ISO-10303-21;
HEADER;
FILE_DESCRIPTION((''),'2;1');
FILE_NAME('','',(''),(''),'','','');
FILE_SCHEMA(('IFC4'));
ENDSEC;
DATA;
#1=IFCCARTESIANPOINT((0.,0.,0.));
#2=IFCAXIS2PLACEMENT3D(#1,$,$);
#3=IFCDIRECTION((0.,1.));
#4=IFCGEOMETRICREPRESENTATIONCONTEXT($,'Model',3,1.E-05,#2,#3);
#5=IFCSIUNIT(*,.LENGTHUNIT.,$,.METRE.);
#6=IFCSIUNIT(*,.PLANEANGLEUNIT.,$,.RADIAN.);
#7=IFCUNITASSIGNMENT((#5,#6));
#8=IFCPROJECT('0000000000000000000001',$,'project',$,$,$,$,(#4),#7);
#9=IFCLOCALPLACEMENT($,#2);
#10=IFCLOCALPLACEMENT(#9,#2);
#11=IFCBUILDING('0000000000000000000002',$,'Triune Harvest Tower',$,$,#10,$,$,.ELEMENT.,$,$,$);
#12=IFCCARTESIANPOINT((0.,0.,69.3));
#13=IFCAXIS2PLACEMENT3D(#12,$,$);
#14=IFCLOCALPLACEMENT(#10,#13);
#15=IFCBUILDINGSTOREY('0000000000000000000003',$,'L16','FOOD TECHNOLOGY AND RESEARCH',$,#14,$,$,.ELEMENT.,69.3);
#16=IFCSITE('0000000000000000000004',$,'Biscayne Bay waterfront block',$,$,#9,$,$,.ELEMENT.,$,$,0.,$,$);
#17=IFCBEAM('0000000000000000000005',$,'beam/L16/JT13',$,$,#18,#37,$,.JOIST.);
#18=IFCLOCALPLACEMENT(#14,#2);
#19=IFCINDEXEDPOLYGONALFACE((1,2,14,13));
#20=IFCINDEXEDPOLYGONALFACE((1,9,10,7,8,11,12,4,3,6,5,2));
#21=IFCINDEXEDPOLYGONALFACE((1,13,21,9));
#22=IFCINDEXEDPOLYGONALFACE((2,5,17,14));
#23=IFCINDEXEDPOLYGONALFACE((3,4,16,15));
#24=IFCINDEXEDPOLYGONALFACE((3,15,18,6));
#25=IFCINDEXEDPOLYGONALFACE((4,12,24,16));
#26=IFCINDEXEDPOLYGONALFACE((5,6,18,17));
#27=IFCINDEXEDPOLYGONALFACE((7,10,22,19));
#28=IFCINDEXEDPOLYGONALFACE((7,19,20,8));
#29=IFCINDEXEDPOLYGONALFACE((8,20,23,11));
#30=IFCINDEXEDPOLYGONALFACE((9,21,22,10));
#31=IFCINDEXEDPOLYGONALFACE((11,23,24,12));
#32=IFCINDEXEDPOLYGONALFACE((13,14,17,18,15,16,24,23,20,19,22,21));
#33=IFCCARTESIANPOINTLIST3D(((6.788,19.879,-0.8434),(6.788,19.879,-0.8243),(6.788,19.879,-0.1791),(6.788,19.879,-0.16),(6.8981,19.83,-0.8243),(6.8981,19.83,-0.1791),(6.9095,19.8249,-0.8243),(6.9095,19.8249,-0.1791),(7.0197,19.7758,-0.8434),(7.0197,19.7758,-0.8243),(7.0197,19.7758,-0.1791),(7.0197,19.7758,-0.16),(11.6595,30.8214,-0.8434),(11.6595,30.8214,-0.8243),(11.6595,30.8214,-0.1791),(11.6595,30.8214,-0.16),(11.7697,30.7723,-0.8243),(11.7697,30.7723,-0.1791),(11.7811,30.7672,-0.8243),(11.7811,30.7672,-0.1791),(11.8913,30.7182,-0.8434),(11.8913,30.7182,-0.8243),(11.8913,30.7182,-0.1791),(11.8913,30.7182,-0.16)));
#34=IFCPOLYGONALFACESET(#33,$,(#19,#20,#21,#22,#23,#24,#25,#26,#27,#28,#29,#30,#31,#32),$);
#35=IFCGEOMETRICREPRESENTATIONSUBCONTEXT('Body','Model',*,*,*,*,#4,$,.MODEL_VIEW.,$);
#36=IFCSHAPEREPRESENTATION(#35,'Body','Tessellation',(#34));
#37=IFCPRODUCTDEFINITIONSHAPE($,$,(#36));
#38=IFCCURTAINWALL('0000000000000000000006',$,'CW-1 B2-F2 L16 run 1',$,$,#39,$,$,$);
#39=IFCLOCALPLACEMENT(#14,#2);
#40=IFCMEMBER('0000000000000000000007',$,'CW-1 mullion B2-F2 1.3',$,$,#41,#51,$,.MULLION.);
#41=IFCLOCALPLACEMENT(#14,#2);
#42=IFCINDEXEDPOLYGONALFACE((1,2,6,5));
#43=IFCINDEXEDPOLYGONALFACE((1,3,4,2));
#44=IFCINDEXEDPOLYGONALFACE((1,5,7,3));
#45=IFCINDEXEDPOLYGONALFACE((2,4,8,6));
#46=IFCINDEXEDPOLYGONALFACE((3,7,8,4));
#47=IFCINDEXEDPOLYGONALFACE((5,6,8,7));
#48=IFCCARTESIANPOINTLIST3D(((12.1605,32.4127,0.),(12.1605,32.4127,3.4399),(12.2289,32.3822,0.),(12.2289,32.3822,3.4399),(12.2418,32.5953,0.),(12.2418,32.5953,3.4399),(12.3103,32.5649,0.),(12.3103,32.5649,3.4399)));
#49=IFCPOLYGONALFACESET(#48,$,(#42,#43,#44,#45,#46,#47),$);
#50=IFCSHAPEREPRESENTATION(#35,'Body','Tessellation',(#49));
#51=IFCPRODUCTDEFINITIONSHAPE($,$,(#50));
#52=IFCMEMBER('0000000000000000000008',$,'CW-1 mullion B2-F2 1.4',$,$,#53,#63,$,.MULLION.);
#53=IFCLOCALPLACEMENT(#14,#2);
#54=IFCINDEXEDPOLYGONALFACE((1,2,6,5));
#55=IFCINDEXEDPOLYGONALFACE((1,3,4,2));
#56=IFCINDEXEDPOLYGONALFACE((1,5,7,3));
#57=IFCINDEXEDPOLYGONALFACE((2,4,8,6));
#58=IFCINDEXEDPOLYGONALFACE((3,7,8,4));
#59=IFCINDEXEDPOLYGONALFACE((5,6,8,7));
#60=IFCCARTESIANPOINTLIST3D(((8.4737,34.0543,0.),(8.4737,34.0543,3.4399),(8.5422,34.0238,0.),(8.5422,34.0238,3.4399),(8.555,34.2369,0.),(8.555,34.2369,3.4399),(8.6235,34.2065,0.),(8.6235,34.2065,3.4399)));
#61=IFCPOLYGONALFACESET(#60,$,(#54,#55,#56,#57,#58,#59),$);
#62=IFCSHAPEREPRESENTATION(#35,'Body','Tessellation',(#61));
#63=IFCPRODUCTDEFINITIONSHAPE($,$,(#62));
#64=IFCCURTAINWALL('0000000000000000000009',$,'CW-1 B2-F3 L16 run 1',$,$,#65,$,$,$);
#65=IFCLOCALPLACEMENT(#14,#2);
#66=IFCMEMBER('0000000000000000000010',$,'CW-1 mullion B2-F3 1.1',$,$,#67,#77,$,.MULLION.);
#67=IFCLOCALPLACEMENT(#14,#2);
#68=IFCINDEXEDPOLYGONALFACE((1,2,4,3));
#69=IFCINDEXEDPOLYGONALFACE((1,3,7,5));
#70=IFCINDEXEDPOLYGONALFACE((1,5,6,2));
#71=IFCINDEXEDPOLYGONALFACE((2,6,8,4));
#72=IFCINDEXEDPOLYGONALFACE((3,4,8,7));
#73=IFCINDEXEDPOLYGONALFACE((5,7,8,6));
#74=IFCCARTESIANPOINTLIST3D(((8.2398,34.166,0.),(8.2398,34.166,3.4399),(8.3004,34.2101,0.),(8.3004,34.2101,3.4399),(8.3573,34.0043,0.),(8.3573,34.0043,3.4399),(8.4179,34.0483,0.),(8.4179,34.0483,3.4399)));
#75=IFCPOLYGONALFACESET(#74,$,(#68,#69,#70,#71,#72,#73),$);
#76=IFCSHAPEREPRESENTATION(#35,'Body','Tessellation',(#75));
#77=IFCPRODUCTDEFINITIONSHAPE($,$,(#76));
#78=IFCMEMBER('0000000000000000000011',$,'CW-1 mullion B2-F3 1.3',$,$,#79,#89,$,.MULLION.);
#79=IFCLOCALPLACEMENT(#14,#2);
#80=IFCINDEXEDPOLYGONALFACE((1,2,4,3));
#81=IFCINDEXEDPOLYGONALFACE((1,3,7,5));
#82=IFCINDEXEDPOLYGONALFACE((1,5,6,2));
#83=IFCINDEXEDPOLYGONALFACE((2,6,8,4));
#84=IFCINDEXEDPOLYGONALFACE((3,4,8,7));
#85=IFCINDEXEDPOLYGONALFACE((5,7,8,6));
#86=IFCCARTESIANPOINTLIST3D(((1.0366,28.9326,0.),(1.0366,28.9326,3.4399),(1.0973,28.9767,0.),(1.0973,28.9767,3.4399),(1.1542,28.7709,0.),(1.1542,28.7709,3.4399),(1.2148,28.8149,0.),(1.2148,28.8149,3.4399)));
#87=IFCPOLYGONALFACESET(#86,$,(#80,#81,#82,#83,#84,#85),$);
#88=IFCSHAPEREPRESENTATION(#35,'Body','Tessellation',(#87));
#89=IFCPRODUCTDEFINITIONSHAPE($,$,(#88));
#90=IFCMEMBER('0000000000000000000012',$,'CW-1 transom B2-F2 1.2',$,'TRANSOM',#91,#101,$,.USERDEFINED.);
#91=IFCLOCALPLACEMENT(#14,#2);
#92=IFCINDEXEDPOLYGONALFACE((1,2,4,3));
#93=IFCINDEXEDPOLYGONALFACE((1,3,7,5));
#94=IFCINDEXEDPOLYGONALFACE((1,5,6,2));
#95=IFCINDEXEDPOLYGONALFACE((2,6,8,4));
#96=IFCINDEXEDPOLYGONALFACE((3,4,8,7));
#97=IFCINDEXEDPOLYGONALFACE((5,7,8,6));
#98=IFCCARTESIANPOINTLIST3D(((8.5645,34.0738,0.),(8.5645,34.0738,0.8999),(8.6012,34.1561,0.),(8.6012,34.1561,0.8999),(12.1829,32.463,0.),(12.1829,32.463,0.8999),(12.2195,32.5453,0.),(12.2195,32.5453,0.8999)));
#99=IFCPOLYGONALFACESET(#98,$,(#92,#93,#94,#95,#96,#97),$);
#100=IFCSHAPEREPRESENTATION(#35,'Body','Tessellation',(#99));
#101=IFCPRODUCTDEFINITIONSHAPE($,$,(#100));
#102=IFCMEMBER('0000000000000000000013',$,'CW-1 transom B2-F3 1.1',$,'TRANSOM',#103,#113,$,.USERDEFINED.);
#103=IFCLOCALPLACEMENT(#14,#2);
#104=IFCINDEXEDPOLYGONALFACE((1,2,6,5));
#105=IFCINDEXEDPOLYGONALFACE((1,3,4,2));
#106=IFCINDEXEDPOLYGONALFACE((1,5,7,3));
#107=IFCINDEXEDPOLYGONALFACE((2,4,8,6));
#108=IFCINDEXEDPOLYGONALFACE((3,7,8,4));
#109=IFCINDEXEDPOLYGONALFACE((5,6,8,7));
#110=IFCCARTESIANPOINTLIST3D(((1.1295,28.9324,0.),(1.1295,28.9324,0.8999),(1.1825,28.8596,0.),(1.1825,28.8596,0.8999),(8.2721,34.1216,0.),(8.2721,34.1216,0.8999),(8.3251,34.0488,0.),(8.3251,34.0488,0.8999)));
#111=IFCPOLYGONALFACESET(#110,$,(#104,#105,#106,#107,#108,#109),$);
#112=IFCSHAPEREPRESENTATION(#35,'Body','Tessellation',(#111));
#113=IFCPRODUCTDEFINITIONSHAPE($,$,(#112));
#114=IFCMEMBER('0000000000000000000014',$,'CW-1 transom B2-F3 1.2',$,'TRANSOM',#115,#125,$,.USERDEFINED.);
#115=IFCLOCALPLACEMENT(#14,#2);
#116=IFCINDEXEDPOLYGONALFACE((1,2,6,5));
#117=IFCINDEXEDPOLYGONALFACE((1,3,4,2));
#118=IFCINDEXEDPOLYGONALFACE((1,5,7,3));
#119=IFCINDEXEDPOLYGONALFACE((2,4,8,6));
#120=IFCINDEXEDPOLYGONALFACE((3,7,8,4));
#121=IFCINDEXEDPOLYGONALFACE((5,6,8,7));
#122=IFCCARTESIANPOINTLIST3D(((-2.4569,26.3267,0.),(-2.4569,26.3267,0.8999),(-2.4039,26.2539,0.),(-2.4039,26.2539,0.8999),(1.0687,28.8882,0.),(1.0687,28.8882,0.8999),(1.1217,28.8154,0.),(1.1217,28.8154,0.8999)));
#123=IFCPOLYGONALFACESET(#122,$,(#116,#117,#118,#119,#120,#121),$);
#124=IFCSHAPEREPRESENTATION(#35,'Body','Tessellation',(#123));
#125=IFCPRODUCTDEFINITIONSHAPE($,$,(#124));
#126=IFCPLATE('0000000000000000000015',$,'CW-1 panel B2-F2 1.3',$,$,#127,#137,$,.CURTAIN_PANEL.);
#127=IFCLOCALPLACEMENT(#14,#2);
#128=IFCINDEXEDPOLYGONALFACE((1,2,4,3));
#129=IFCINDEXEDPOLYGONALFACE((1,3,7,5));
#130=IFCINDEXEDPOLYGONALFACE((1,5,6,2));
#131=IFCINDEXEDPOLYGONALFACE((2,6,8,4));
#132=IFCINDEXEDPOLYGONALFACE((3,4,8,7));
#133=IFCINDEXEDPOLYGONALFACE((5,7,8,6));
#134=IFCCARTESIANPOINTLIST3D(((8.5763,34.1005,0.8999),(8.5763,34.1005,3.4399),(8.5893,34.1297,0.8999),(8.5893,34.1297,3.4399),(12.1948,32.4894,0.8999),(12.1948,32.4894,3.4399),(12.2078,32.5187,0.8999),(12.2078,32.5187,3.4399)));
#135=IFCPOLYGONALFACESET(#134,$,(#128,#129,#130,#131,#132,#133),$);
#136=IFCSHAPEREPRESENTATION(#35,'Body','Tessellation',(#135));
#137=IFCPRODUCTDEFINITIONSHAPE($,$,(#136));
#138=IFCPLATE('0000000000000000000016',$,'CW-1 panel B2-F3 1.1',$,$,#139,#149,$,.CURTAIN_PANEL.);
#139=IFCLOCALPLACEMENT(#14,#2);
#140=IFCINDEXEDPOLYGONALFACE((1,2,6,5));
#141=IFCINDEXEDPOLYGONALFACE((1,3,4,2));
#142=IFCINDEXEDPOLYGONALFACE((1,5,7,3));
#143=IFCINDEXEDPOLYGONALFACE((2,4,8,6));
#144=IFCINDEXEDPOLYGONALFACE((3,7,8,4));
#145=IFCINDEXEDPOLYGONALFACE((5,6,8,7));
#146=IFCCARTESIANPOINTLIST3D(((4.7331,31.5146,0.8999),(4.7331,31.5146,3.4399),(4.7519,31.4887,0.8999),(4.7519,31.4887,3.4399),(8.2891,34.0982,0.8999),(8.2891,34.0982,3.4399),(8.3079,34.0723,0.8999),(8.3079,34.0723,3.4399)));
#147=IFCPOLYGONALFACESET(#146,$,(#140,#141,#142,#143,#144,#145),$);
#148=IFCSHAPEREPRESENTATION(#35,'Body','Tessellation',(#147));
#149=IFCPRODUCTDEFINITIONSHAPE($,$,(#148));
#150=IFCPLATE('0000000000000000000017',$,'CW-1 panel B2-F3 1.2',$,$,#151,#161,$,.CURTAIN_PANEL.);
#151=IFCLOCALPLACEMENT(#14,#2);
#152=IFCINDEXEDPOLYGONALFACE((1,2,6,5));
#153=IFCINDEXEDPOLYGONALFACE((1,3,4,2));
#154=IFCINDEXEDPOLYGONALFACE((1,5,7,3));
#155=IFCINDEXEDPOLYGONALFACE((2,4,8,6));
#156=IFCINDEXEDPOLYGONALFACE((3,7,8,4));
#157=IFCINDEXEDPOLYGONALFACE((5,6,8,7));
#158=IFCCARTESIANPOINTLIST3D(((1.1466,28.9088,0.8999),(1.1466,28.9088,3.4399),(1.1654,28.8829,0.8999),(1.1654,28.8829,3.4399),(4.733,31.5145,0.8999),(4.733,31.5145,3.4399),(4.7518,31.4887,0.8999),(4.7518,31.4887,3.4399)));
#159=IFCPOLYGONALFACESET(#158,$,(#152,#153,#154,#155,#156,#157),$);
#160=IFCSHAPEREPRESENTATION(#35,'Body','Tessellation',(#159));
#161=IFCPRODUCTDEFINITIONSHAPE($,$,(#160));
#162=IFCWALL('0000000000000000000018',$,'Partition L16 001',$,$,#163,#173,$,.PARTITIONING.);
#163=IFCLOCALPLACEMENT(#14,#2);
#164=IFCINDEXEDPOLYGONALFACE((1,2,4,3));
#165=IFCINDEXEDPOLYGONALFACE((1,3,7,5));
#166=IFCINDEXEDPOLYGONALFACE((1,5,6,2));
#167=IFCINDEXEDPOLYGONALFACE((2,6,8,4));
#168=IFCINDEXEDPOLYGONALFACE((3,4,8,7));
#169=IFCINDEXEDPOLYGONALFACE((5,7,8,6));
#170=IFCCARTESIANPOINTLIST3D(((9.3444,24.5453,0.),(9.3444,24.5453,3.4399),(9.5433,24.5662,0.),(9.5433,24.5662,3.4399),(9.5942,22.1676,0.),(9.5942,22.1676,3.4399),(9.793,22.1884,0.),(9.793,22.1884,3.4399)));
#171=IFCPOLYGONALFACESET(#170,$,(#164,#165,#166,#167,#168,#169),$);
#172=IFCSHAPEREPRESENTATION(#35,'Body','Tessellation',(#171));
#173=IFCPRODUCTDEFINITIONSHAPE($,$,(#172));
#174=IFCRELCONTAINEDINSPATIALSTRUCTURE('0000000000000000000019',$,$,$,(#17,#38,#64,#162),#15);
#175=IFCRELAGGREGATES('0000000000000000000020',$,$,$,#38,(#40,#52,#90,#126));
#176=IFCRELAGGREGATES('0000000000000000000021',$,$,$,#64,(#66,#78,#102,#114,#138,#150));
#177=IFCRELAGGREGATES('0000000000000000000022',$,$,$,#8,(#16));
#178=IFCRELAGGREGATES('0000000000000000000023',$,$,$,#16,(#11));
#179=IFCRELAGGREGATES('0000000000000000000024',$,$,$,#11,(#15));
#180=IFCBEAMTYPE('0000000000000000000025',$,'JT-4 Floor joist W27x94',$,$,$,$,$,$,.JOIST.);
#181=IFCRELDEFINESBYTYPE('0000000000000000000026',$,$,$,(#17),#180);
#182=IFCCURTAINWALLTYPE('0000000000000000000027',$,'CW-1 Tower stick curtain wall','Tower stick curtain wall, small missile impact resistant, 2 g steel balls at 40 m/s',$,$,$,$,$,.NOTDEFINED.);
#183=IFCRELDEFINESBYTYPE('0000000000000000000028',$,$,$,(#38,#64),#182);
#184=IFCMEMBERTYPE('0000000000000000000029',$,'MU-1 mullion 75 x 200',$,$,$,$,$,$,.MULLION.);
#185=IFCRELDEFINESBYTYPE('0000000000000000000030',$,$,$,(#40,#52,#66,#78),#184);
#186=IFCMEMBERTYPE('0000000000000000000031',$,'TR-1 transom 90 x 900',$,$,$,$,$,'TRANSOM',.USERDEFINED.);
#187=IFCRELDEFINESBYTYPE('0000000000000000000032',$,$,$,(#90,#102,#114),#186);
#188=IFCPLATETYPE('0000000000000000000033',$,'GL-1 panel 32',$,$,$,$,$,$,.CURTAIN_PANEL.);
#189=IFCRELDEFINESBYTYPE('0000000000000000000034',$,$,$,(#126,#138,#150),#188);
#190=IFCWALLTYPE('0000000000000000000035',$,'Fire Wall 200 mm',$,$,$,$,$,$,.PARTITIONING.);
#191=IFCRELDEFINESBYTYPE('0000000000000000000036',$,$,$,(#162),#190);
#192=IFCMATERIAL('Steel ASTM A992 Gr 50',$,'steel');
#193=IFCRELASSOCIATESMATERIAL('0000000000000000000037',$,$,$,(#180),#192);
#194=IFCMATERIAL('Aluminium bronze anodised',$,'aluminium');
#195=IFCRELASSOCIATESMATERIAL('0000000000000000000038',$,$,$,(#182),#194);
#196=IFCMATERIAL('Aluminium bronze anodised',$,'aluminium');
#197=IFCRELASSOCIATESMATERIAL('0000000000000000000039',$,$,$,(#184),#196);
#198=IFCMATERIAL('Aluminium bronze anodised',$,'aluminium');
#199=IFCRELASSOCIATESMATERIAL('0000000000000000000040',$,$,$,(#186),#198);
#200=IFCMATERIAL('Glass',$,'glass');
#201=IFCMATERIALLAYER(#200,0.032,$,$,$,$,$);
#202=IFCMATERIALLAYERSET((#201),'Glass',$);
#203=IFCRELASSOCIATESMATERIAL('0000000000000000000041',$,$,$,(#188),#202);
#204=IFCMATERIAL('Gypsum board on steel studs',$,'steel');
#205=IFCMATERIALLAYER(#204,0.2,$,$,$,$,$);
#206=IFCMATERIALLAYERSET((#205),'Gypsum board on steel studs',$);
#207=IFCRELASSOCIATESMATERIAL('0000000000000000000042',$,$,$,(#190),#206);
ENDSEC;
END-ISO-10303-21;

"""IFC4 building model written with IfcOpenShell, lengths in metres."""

from ifc_helpers import new_model, si_unit, direction, frame, frame_2d, origin, origin_2d, place, context, subcontext, project, spatial, rectangle, i_section, extrude, source, transform, mapped, material, layer, layer_set, material_profile, profile_set, type_object, element, aggregate, save


model = new_model("IFC4")

# Units and contexts
model_context = context("Model", 3, precision=1e-05, world=origin(), true_north=direction((0.0, 1.0)))
body_context = subcontext(model_context, "Body", "Model", "MODEL_VIEW")
ifc_project = project(units=[si_unit("LENGTHUNIT", "METRE"), si_unit("PLANEANGLEUNIT", "RADIAN")], contexts=[model_context])

# Site, building, storey
site_placement = place(None, origin())
site = spatial("IfcSite", under=ifc_project, at=site_placement, Name="Biscayne Bay waterfront block", CompositionType="ELEMENT", RefElevation=0.0)
building_placement = place(site_placement, origin())
building = spatial("IfcBuilding", under=site, at=building_placement, Name="Triune Harvest Tower", CompositionType="ELEMENT")
storey_placement = place(building_placement, frame((0.0, 0.0, 69.3)))
storey = spatial("IfcBuildingStorey", under=building, at=storey_placement, Name="L16", Description="FOOD TECHNOLOGY AND RESEARCH", CompositionType="ELEMENT", Elevation=69.3)

# Beam
ifc_material_1 = material(Name="Steel ASTM A992 Gr 50", Category="steel")
ifc_material_profile_1 = material_profile(ifc_material_1, i_section(OverallWidth=0.2537, OverallDepth=0.6833, WebThickness=0.0125, FlangeThickness=0.019, at=origin_2d()), Name="W27x94")
ifc_profile_set_1 = profile_set([ifc_material_profile_1], Name="Steel ASTM A992 Gr 50")
beam_type_1 = type_object("IfcBeamType", Name="JT-4 Floor joist W27x94", PredefinedType="JOIST", material=ifc_profile_set_1)
shared_shape_1 = source(origin(), body_context, "Body", "SweptSolid", [
    extrude(i_section(OverallWidth=0.2537, OverallDepth=0.6833, WebThickness=0.0125, FlangeThickness=0.019, at=origin_2d()), origin(), (0.0, 0.0, 1.0), 11.9778),
])
beam_1_placement = place(storey_placement, frame((11.7754, 30.7698, -0.5017), z_axis=(-0.406717, -0.913554, 0.0), x_axis=(0.913554, -0.406717, 0.0)))
element("IfcBeam", 1, at=beam_1_placement, inside=storey, type_object=beam_type_1, Name="beam/L16/JT13", PredefinedType="JOIST", context=body_context, shape_type="MappedRepresentation", body=[
    mapped(shared_shape_1, transform((0.0, 0.0, 0.0), scale=1.0)),
])

# Curtain walls, members
ifc_material_2 = material(Name="Aluminium bronze anodised", Category="aluminium")
curtain_wall_type = type_object("IfcCurtainWallType", Name="CW-1 Tower stick curtain wall", Description="Tower stick curtain wall, small missile impact resistant, 2 g steel balls at 40 m/s", PredefinedType="NOTDEFINED", material=ifc_material_2)
curtain_wall_1_placement = place(storey_placement, origin())
curtain_wall_1 = element("IfcCurtainWall", 2, at=curtain_wall_1_placement, inside=storey, type_object=curtain_wall_type, Name="CW-1 B2-F2 L16 run 1")
ifc_material_3 = material(Name="Aluminium bronze anodised", Category="aluminium")
ifc_material_profile_2 = material_profile(ifc_material_3, rectangle(XDim=0.2, YDim=0.075, at=origin_2d()), Name="MU-1 mullion 75 x 200")
ifc_profile_set_2 = profile_set([ifc_material_profile_2], Name="Aluminium bronze anodised")
member_type_1 = type_object("IfcMemberType", Name="MU-1 mullion 75 x 200", PredefinedType="MULLION", material=ifc_profile_set_2)
shared_shape_2 = source(origin(), body_context, "Body", "SweptSolid", [
    extrude(rectangle(XDim=0.2, YDim=0.075, at=origin_2d()), origin(), (0.0, 0.0, 1.0), 3.4399),
])
member_1_placement = place(storey_placement, frame((12.2354, 32.4888, 0.0), z_axis=(0.0, 0.0, 1.0), x_axis=(-0.406734, -0.913547, 0.0)))
member_1 = element("IfcMember", 3, at=member_1_placement, type_object=member_type_1, Name="CW-1 mullion B2-F2 1.3", PredefinedType="MULLION", context=body_context, shape_type="MappedRepresentation", body=[
    mapped(shared_shape_2, transform((0.0, 0.0, 0.0), scale=1.0)),
])
member_2_placement = place(storey_placement, frame((8.5486, 34.1304, 0.0), z_axis=(0.0, 0.0, 1.0), x_axis=(-0.406734, -0.913547, 0.0)))
member_2 = element("IfcMember", 4, at=member_2_placement, type_object=member_type_1, Name="CW-1 mullion B2-F2 1.4", PredefinedType="MULLION", context=body_context, shape_type="MappedRepresentation", body=[
    mapped(shared_shape_2, transform((0.0, 0.0, 0.0), scale=1.0)),
])
curtain_wall_2_placement = place(storey_placement, origin())
curtain_wall_2 = element("IfcCurtainWall", 5, at=curtain_wall_2_placement, inside=storey, type_object=curtain_wall_type, Name="CW-1 B2-F3 L16 run 1")
member_3_placement = place(storey_placement, frame((8.3289, 34.1072, 0.0), z_axis=(0.0, 0.0, 1.0), x_axis=(0.587785, -0.809017, 0.0)))
member_3 = element("IfcMember", 6, at=member_3_placement, type_object=member_type_1, Name="CW-1 mullion B2-F3 1.1", PredefinedType="MULLION", context=body_context, shape_type="MappedRepresentation", body=[
    mapped(shared_shape_2, transform((0.0, 0.0, 0.0), scale=1.0)),
])
member_4_placement = place(storey_placement, frame((1.1257, 28.8738, 0.0), z_axis=(0.0, 0.0, 1.0), x_axis=(0.587785, -0.809017, 0.0)))
member_4 = element("IfcMember", 7, at=member_4_placement, type_object=member_type_1, Name="CW-1 mullion B2-F3 1.3", PredefinedType="MULLION", context=body_context, shape_type="MappedRepresentation", body=[
    mapped(shared_shape_2, transform((0.0, 0.0, 0.0), scale=1.0)),
])

# Members
ifc_material_4 = material(Name="Aluminium bronze anodised", Category="aluminium")
ifc_material_profile_3 = material_profile(ifc_material_4, rectangle(XDim=0.0901, YDim=0.8999, at=origin_2d()), Name="TR-1 transom 90 x 900")
ifc_profile_set_3 = profile_set([ifc_material_profile_3], Name="Aluminium bronze anodised")
member_type_2 = type_object("IfcMemberType", Name="TR-1 transom 90 x 900", ElementType="TRANSOM", PredefinedType="USERDEFINED", material=ifc_profile_set_3)
shared_shape_3 = source(origin(), body_context, "Body", "SweptSolid", [
    extrude(rectangle(XDim=0.0901, YDim=0.8999, at=origin_2d()), origin(), (0.0, 0.0, 1.0), 3.9607),
])
member_5_placement = place(storey_placement, frame((12.2012, 32.5042, 0.45), z_axis=(-0.913562, 0.406699, 0.0), x_axis=(-0.406699, -0.913562, 0.0)))
member_5 = element("IfcMember", 8, at=member_5_placement, type_object=member_type_2, Name="CW-1 transom B2-F2 1.2", ObjectType="TRANSOM", PredefinedType="USERDEFINED", context=body_context, shape_type="MappedRepresentation", body=[
    mapped(shared_shape_3, transform((0.0, 0.0, 0.0), scale=1.0)),
])
shared_shape_4 = source(origin(), body_context, "Body", "SweptSolid", [
    extrude(rectangle(XDim=0.0901, YDim=0.8999, at=origin_2d()), origin(), (0.0, 0.0, 1.0), 8.8286),
])
member_6_placement = place(storey_placement, frame((8.2986, 34.0852, 0.45), z_axis=(-0.809027, -0.587772, 0.0), x_axis=(0.587772, -0.809027, 0.0)))
member_6 = element("IfcMember", 9, at=member_6_placement, type_object=member_type_2, Name="CW-1 transom B2-F3 1.1", ObjectType="TRANSOM", PredefinedType="USERDEFINED", context=body_context, shape_type="MappedRepresentation", body=[
    mapped(shared_shape_4, transform((0.0, 0.0, 0.0), scale=1.0)),
])
shared_shape_5 = source(origin(), body_context, "Body", "SweptSolid", [
    extrude(rectangle(XDim=0.0901, YDim=0.8999, at=origin_2d()), origin(), (0.0, 0.0, 1.0), 4.3579),
])
member_7_placement = place(storey_placement, frame((1.0952, 28.8518, 0.45), z_axis=(-0.809017, -0.587785, 0.0), x_axis=(0.587785, -0.809017, 0.0)))
member_7 = element("IfcMember", 10, at=member_7_placement, type_object=member_type_2, Name="CW-1 transom B2-F3 1.2", ObjectType="TRANSOM", PredefinedType="USERDEFINED", context=body_context, shape_type="MappedRepresentation", body=[
    mapped(shared_shape_5, transform((0.0, 0.0, 0.0), scale=1.0)),
])

# Plates
ifc_material_5 = material(Name="Glass", Category="glass")
ifc_layer_1 = layer(ifc_material_5, 0.032)
ifc_layer_set_1 = layer_set([ifc_layer_1], Name="Glass")
plate_type = type_object("IfcPlateType", Name="GL-1 panel 32", PredefinedType="CURTAIN_PANEL", material=ifc_layer_set_1)
shared_shape_6 = source(origin(), body_context, "Body", "SweptSolid", [
    extrude(rectangle(XDim=3.9609, YDim=0.032, at=origin_2d()), origin(), (0.0, 0.0, 1.0), 2.54),
])
plate_1_placement = place(storey_placement, frame((10.3921, 33.3096, 0.8999), z_axis=(0.0, 0.0, 1.0), x_axis=(-0.913547, 0.406734, 0.0)))
plate_1 = element("IfcPlate", 11, at=plate_1_placement, type_object=plate_type, Name="CW-1 panel B2-F2 1.3", PredefinedType="CURTAIN_PANEL", context=body_context, shape_type="MappedRepresentation", body=[
    mapped(shared_shape_6, transform((0.0, 0.0, 0.0), scale=1.0)),
])
aggregate(curtain_wall_1, [member_1, member_2, member_5, plate_1])
shared_shape_7 = source(origin(), body_context, "Body", "SweptSolid", [
    extrude(rectangle(XDim=4.3955, YDim=0.032, at=origin_2d()), origin(), (0.0, 0.0, 1.0), 2.54),
])
plate_2_placement = place(storey_placement, frame((6.5205, 32.7935, 0.8999), z_axis=(0.0, 0.0, 1.0), x_axis=(-0.809017, -0.587785, 0.0)))
plate_2 = element("IfcPlate", 12, at=plate_2_placement, type_object=plate_type, Name="CW-1 panel B2-F3 1.1", PredefinedType="CURTAIN_PANEL", context=body_context, shape_type="MappedRepresentation", body=[
    mapped(shared_shape_7, transform((0.0, 0.0, 0.0), scale=1.0)),
])
shared_shape_8 = source(origin(), body_context, "Body", "SweptSolid", [
    extrude(rectangle(XDim=4.4331, YDim=0.032, at=origin_2d()), origin(), (0.0, 0.0, 1.0), 2.54),
])
plate_3_placement = place(storey_placement, frame((2.9492, 30.1987, 0.8999), z_axis=(0.0, 0.0, 1.0), x_axis=(-0.809017, -0.587785, 0.0)))
plate_3 = element("IfcPlate", 13, at=plate_3_placement, type_object=plate_type, Name="CW-1 panel B2-F3 1.2", PredefinedType="CURTAIN_PANEL", context=body_context, shape_type="MappedRepresentation", body=[
    mapped(shared_shape_8, transform((0.0, 0.0, 0.0), scale=1.0)),
])
aggregate(curtain_wall_2, [member_3, member_4, member_6, member_7, plate_2, plate_3])

# Wall
ifc_material_6 = material(Name="Gypsum board on steel studs", Category="steel")
ifc_layer_2 = layer(ifc_material_6, 0.2)
ifc_layer_set_2 = layer_set([ifc_layer_2], Name="Gypsum board on steel studs")
wall_type_1 = type_object("IfcWallType", Name="Fire Wall 200 mm", PredefinedType="PARTITIONING", material=ifc_layer_set_2)
wall_1_placement = place(storey_placement, frame((9.4438, 24.5557, 0.0), z_axis=(0.0, 0.0, 1.0), x_axis=(0.104467, -0.994528, 0.0)))
element("IfcWall", 14, at=wall_1_placement, inside=storey, type_object=wall_type_1, Name="Partition L16 001", PredefinedType="PARTITIONING", context=body_context, shape_type="SweptSolid", body=[
    extrude(rectangle(XDim=2.3909, YDim=0.2, at=frame_2d((1.1953, 0.0))), origin(), (0.0, 0.0, 1.0), 3.4399),
])

save(model, "model.ifc")
